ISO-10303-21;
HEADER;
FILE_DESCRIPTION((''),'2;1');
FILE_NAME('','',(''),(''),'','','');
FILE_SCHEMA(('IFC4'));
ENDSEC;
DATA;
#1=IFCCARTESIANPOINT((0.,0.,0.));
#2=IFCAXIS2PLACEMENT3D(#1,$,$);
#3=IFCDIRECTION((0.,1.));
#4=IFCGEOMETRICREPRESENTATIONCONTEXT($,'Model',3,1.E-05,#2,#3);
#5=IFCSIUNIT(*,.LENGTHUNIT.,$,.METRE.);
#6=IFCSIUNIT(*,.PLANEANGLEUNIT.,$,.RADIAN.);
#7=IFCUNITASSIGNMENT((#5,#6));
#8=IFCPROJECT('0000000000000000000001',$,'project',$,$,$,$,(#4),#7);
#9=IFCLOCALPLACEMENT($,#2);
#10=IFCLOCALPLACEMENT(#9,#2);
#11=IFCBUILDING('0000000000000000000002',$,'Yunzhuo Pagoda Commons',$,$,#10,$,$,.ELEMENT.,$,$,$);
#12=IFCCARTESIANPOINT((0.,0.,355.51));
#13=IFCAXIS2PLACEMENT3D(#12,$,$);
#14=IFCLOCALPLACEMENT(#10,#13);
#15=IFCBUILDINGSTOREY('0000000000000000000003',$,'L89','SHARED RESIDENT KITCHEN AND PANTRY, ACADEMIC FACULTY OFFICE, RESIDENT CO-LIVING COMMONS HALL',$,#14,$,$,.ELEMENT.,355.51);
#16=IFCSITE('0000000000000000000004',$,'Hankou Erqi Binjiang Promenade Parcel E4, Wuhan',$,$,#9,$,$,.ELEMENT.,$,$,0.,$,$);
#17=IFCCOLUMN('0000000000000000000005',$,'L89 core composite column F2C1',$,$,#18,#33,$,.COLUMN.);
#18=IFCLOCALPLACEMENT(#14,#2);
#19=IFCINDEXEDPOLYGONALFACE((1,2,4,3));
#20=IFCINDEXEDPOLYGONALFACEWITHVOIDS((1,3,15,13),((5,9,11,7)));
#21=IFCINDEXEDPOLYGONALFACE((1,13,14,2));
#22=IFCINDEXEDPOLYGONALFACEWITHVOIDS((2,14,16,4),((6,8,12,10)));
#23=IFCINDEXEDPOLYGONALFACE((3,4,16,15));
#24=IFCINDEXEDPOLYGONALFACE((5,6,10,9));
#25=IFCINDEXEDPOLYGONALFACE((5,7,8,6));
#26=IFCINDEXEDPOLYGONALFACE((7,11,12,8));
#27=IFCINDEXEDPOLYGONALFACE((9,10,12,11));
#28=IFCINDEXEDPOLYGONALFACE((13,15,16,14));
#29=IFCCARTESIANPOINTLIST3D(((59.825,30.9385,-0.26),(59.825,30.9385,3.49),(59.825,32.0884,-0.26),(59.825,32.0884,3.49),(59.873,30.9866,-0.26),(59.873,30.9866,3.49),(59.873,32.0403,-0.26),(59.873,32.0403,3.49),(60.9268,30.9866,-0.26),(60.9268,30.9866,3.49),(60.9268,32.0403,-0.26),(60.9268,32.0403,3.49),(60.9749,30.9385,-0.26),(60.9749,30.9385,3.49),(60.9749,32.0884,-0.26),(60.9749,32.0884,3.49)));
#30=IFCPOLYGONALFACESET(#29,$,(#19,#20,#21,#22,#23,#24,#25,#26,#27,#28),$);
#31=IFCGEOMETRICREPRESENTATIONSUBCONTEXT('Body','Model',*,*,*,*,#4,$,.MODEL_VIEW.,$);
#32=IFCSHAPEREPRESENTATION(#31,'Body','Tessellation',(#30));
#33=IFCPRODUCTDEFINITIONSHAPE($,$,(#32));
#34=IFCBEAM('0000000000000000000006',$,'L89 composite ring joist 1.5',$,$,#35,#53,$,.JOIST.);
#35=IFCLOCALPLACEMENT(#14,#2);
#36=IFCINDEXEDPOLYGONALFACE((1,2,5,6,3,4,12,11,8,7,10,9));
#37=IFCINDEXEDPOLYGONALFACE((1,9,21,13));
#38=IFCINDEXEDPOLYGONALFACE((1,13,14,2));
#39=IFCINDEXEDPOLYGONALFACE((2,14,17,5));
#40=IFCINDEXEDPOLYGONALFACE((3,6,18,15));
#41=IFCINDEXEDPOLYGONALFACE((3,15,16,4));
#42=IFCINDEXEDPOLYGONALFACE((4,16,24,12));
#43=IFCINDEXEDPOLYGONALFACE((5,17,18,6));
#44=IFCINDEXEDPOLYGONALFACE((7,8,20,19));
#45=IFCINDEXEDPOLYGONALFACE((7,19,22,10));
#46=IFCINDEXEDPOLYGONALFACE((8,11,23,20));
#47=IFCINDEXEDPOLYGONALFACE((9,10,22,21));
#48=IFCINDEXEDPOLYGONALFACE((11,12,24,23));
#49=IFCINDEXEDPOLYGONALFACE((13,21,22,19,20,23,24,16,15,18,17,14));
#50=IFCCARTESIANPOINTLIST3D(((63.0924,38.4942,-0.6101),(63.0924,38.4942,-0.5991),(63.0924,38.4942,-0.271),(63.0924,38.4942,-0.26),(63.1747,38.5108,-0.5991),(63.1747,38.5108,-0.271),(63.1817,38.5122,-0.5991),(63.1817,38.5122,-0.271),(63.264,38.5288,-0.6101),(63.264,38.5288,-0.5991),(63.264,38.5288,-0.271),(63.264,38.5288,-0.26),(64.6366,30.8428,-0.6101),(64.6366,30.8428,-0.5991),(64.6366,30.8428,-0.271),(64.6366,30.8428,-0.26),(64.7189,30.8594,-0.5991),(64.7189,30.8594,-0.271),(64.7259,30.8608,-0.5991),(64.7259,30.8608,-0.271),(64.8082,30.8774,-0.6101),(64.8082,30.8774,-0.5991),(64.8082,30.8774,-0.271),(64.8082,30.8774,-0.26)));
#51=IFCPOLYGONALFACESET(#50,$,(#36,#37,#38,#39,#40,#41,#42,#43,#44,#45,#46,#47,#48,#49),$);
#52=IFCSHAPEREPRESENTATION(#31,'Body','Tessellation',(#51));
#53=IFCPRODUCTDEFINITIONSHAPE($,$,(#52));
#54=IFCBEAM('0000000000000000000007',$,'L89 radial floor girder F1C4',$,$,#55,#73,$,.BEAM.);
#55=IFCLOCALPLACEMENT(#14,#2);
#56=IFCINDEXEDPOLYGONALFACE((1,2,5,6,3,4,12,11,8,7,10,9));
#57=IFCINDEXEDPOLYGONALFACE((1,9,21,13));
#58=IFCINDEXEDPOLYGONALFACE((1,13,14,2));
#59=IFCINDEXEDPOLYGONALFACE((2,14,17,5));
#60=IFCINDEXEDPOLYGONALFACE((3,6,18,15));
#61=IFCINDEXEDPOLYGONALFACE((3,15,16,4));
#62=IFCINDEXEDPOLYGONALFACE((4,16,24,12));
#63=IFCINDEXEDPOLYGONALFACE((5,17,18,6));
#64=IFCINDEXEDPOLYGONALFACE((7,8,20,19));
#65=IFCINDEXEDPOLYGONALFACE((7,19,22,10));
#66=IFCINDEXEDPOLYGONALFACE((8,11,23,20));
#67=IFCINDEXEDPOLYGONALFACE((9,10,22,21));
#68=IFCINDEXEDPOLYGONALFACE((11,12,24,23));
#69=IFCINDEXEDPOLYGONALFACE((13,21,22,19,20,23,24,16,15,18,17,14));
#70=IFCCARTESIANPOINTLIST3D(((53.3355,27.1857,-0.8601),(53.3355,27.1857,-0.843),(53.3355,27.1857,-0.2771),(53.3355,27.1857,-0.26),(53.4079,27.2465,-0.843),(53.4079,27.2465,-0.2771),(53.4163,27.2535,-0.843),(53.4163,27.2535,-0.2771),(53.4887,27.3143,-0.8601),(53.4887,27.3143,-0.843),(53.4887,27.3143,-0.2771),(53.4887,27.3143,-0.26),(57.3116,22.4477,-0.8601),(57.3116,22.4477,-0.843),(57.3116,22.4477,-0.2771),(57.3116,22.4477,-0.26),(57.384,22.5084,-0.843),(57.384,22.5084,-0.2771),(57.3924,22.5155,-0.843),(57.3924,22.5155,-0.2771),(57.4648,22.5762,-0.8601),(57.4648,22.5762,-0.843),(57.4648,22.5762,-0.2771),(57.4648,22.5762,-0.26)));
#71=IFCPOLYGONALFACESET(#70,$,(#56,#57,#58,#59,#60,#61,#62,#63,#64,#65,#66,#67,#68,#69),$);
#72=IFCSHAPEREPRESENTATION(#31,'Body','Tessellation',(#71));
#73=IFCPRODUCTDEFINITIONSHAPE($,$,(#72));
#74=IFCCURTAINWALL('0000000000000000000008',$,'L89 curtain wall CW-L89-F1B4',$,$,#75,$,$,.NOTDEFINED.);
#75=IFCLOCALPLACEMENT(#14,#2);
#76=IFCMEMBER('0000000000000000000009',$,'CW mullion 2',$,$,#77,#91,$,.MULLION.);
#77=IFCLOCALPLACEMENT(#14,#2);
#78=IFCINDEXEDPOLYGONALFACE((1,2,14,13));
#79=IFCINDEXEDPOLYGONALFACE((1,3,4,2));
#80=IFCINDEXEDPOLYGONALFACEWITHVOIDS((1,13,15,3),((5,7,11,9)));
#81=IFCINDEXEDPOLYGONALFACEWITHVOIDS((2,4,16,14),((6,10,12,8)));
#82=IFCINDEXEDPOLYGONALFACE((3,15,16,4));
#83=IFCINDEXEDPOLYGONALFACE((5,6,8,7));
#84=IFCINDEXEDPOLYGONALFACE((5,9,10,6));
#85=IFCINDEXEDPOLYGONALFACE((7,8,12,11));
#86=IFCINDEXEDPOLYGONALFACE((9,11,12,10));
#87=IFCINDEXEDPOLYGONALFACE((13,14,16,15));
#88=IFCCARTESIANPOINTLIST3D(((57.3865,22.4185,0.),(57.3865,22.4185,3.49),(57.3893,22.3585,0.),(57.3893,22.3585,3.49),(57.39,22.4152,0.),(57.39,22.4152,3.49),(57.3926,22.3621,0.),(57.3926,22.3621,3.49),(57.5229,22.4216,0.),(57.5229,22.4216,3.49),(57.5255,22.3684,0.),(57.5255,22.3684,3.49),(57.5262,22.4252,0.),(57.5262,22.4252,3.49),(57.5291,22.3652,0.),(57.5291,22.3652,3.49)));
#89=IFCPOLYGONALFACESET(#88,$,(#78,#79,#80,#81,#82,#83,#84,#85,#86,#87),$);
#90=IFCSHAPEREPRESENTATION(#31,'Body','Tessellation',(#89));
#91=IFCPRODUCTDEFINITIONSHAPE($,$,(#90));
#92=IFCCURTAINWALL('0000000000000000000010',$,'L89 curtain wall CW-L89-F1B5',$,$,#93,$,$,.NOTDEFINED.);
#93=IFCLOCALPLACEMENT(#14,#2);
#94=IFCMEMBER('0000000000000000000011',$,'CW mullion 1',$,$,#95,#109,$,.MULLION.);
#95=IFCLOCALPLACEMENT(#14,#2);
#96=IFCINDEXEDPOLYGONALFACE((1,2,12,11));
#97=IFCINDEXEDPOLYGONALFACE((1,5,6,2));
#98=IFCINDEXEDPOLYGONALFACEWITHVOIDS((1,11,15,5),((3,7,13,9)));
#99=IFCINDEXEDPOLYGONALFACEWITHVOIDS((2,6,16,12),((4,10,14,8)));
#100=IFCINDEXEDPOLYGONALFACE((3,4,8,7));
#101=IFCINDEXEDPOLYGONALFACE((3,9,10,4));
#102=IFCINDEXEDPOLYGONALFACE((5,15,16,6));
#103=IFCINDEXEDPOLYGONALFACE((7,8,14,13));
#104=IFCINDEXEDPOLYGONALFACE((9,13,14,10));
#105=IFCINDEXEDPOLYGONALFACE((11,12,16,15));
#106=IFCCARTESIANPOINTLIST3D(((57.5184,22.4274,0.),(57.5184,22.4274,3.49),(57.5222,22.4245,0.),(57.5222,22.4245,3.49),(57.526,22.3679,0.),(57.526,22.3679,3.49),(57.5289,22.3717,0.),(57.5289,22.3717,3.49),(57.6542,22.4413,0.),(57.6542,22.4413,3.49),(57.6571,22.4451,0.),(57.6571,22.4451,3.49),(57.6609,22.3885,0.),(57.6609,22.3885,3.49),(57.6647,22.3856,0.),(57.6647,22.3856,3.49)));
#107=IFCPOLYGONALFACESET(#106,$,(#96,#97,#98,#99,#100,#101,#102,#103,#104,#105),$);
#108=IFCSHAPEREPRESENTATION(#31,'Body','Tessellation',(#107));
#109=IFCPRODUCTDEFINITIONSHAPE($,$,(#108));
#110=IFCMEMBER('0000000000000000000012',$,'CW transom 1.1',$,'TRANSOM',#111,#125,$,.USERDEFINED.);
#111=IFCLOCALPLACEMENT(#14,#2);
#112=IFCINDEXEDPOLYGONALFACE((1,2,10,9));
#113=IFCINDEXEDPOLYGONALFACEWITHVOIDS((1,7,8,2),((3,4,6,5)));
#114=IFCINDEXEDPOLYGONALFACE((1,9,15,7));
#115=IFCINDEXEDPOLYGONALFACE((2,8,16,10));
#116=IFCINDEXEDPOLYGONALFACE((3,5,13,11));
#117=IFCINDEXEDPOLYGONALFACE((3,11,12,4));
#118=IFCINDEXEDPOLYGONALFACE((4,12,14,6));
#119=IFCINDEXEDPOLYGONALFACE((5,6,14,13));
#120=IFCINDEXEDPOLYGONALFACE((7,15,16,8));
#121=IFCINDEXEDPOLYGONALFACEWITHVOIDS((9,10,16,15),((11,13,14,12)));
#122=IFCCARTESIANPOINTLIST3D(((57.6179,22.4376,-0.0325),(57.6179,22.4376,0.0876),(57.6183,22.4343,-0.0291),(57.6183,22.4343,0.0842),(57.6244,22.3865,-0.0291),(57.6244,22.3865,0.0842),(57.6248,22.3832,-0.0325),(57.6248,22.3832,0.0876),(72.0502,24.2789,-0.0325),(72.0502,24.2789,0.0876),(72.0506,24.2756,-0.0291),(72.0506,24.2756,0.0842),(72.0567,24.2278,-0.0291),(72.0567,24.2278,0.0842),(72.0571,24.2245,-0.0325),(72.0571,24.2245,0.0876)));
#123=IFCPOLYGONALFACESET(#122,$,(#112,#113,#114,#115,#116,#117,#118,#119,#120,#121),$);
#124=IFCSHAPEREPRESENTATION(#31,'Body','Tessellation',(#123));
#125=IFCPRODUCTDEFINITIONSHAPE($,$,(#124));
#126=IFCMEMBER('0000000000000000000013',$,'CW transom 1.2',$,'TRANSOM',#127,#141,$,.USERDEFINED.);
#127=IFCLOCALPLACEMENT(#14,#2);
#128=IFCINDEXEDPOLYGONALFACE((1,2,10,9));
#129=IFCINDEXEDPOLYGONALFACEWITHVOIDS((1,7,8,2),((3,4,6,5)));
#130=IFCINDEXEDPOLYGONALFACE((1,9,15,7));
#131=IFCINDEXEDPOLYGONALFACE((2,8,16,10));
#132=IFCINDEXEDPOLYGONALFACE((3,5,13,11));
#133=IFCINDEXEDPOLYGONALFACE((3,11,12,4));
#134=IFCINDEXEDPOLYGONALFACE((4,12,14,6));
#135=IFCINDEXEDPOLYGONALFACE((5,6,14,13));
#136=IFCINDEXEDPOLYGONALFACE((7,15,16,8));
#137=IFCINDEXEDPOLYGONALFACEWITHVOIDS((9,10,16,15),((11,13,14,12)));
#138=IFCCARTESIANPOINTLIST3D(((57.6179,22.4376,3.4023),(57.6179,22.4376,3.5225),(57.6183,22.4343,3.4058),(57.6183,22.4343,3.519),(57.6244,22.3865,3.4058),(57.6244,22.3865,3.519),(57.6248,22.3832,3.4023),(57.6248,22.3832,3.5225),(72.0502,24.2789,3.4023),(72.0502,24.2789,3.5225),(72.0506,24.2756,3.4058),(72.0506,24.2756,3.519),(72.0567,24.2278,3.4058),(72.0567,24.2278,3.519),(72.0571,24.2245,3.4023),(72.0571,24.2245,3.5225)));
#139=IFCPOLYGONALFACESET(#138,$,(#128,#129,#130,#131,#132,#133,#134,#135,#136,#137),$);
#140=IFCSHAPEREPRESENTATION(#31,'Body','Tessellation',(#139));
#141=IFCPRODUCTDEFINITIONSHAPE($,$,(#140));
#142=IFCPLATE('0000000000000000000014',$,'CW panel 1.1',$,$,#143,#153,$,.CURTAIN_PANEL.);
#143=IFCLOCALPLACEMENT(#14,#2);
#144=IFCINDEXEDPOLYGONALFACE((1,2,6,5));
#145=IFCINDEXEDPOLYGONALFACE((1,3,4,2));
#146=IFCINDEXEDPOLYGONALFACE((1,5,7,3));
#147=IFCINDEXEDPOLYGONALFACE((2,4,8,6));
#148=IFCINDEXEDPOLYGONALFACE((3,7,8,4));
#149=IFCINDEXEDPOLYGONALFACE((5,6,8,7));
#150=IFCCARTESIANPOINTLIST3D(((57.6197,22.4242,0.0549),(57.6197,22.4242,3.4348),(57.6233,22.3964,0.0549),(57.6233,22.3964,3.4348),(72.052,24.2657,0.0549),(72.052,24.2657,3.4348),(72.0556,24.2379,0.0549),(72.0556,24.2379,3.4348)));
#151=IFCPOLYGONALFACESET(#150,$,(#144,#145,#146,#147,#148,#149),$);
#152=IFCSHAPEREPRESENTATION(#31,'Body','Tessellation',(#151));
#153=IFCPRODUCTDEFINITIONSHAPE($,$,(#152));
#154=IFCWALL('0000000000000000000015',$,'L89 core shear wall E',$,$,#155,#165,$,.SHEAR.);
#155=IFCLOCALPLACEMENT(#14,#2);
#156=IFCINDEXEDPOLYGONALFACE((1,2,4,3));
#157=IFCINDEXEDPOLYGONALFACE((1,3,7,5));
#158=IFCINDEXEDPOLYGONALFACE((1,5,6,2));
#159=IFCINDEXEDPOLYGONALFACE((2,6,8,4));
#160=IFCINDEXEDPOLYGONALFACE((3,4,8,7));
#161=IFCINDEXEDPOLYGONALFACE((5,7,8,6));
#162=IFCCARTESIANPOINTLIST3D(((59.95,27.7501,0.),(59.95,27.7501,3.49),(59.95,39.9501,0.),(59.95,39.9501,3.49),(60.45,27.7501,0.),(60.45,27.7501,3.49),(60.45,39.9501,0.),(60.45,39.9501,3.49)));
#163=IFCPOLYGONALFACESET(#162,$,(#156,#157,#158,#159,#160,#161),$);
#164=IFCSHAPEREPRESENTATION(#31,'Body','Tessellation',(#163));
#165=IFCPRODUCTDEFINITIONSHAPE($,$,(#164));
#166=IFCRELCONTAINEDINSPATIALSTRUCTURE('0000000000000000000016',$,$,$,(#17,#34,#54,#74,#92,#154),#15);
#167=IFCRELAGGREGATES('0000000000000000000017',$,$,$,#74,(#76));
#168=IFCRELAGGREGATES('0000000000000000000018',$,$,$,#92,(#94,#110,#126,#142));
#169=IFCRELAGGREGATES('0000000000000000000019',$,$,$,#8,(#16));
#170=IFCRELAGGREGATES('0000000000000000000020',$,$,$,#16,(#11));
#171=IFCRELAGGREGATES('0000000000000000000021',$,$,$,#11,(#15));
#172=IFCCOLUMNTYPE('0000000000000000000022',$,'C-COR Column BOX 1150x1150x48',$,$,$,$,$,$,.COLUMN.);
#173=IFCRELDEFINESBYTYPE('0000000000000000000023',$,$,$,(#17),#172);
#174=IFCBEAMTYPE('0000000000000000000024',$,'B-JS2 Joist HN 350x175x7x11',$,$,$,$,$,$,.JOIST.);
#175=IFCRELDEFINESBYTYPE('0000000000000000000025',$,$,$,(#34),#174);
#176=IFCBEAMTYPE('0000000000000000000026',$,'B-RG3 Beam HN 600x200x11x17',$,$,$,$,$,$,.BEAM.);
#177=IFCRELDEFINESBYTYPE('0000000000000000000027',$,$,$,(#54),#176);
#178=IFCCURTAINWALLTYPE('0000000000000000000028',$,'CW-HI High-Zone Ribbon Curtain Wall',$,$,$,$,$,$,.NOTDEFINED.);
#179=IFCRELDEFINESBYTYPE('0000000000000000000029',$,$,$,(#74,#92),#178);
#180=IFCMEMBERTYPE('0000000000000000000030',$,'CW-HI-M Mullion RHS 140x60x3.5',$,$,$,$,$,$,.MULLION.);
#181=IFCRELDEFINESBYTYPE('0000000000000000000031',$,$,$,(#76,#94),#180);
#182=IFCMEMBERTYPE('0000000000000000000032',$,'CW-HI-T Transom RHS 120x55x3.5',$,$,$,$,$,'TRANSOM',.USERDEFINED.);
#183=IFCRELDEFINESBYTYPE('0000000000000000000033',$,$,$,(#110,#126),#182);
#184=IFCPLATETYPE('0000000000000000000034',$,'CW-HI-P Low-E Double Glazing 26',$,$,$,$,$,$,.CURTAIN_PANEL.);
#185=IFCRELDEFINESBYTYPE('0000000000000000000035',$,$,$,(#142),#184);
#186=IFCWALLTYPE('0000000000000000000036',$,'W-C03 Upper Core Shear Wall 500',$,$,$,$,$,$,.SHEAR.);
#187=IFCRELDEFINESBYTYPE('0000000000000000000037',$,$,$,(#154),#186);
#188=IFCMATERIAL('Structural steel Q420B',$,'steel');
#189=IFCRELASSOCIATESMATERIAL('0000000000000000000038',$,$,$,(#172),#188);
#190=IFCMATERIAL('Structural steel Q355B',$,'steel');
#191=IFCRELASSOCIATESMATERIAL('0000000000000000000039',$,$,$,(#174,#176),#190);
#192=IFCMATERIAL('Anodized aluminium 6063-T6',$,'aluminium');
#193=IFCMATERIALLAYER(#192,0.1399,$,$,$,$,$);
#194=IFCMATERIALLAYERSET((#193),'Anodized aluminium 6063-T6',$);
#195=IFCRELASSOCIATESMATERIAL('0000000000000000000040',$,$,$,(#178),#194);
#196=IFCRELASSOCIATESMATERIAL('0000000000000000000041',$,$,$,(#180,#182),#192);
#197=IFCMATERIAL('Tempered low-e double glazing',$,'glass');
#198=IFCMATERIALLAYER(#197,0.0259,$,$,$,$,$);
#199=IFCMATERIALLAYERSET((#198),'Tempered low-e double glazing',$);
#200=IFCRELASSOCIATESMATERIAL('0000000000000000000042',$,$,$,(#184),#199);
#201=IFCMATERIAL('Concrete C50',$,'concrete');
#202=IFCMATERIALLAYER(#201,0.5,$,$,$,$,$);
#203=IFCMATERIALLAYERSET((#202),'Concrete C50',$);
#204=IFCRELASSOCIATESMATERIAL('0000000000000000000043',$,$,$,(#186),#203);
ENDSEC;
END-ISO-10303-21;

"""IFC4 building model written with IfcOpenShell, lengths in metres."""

from ifc_helpers import new_model, si_unit, direction, frame, frame_2d, origin, origin_2d, place, context, subcontext, project, spatial, rectangle, hollow_rectangle, i_section, extrude, source, transform, mapped, material, layer, layer_set, material_profile, profile_set, type_object, element, aggregate, save


model = new_model("IFC4")

# Units and contexts
model_context = context("Model", 3, precision=1e-05, world=origin(), true_north=direction((0.0, 1.0)))
body_context = subcontext(model_context, "Body", "Model", "MODEL_VIEW")
ifc_project = project(units=[si_unit("LENGTHUNIT", "METRE"), si_unit("PLANEANGLEUNIT", "RADIAN")], contexts=[model_context])

# Site, building, storey
site_placement = place(None, origin())
site = spatial("IfcSite", under=ifc_project, at=site_placement, Name="Hankou Erqi Binjiang Promenade Parcel E4, Wuhan", CompositionType="ELEMENT", RefElevation=0.0)
building_placement = place(site_placement, origin())
building = spatial("IfcBuilding", under=site, at=building_placement, Name="Yunzhuo Pagoda Commons", CompositionType="ELEMENT")
storey_placement = place(building_placement, frame((0.0, 0.0, 355.51)))
storey = spatial("IfcBuildingStorey", under=building, at=storey_placement, Name="L89", Description="SHARED RESIDENT KITCHEN AND PANTRY, ACADEMIC FACULTY OFFICE, RESIDENT CO-LIVING COMMONS HALL", CompositionType="ELEMENT", Elevation=355.51)

# Column
ifc_material_1 = material(Name="Structural steel Q420B", Category="steel")
ifc_material_profile_1 = material_profile(ifc_material_1, hollow_rectangle(XDim=1.1499, YDim=1.1499, WallThickness=0.0481, at=origin_2d()), Name="Structural steel Q420B")
ifc_profile_set_1 = profile_set([ifc_material_profile_1], Name="Structural steel Q420B")
column_type = type_object("IfcColumnType", Name="C-COR Column BOX 1150x1150x48", PredefinedType="COLUMN", material=ifc_profile_set_1)
shared_shape_1 = source(origin(), body_context, "Body", "SweptSolid", [
    extrude(hollow_rectangle(XDim=1.1499, YDim=1.1499, WallThickness=0.0481, at=origin_2d()), origin(), (0.0, 0.0, 1.0), 3.75),
])
column_placement = place(storey_placement, frame((60.3999, 31.5134, -0.26), z_axis=(0.0, 0.0, 1.0), x_axis=(1.0, 0.0, 0.0)))
element("IfcColumn", 1, at=column_placement, inside=storey, type_object=column_type, Name="L89 core composite column F2C1", PredefinedType="COLUMN", context=body_context, shape_type="MappedRepresentation", body=[
    mapped(shared_shape_1, transform((0.0, 0.0, 0.0), scale=1.0)),
])

# Beams
ifc_material_2 = material(Name="Structural steel Q355B", Category="steel")
ifc_material_profile_2 = material_profile(ifc_material_2, i_section(OverallWidth=0.175, OverallDepth=0.3501, WebThickness=0.0071, FlangeThickness=0.011, at=origin_2d()), Name="Structural steel Q355B")
ifc_profile_set_2 = profile_set([ifc_material_profile_2], Name="Structural steel Q355B")
beam_type_1 = type_object("IfcBeamType", Name="B-JS2 Joist HN 350x175x7x11", PredefinedType="JOIST", material=ifc_profile_set_2)
shared_shape_2 = source(origin(), body_context, "Body", "SweptSolid", [
    extrude(i_section(OverallWidth=0.175, OverallDepth=0.3501, WebThickness=0.0071, FlangeThickness=0.011, at=origin_2d()), origin(), (0.0, 0.0, 1.0), 7.8057),
])
beam_1_placement = place(storey_placement, frame((64.7224, 30.8601, -0.4351), z_axis=(-0.19783, 0.980236, 0.0), x_axis=(-0.980236, -0.19783, 0.0)))
element("IfcBeam", 2, at=beam_1_placement, inside=storey, type_object=beam_type_1, Name="L89 composite ring joist 1.5", PredefinedType="JOIST", context=body_context, shape_type="MappedRepresentation", body=[
    mapped(shared_shape_2, transform((0.0, 0.0, 0.0), scale=1.0)),
])
ifc_material_profile_3 = material_profile(ifc_material_2, i_section(OverallWidth=0.2, OverallDepth=0.6001, WebThickness=0.011, FlangeThickness=0.0171, at=origin_2d()), Name="Structural steel Q355B")
ifc_profile_set_3 = profile_set([ifc_material_profile_3], Name="Structural steel Q355B")
beam_type_2 = type_object("IfcBeamType", Name="B-RG3 Beam HN 600x200x11x17", PredefinedType="BEAM", material=ifc_profile_set_3)
shared_shape_3 = source(origin(), body_context, "Body", "SweptSolid", [
    extrude(i_section(OverallWidth=0.2, OverallDepth=0.6001, WebThickness=0.011, FlangeThickness=0.0171, at=origin_2d()), origin(), (0.0, 0.0, 1.0), 6.1853),
])
beam_2_placement = place(storey_placement, frame((57.3882, 22.512, -0.5601), z_axis=(-0.642825, 0.766013, 0.0), x_axis=(-0.766013, -0.642825, 0.0)))
element("IfcBeam", 3, at=beam_2_placement, inside=storey, type_object=beam_type_2, Name="L89 radial floor girder F1C4", PredefinedType="BEAM", context=body_context, shape_type="MappedRepresentation", body=[
    mapped(shared_shape_3, transform((0.0, 0.0, 0.0), scale=1.0)),
])

# Curtain wall, member
ifc_material_3 = material(Name="Anodized aluminium 6063-T6", Category="aluminium")
ifc_layer_1 = layer(ifc_material_3, 0.1399)
ifc_layer_set_1 = layer_set([ifc_layer_1], Name="Anodized aluminium 6063-T6")
curtain_wall_type = type_object("IfcCurtainWallType", Name="CW-HI High-Zone Ribbon Curtain Wall", PredefinedType="NOTDEFINED", material=ifc_layer_set_1)
curtain_wall_1_placement = place(storey_placement, origin())
curtain_wall_1 = element("IfcCurtainWall", 4, at=curtain_wall_1_placement, inside=storey, type_object=curtain_wall_type, Name="L89 curtain wall CW-L89-F1B4", PredefinedType="NOTDEFINED")
ifc_material_profile_4 = material_profile(ifc_material_3, hollow_rectangle(XDim=0.0601, YDim=0.1399, WallThickness=0.0034, at=origin_2d()), Name="Anodized aluminium 6063-T6")
ifc_profile_set_4 = profile_set([ifc_material_profile_4], Name="Anodized aluminium 6063-T6")
member_type_1 = type_object("IfcMemberType", Name="CW-HI-M Mullion RHS 140x60x3.5", PredefinedType="MULLION", material=ifc_profile_set_4)
shared_shape_4 = source(origin(), body_context, "Body", "SweptSolid", [
    extrude(hollow_rectangle(XDim=0.0601, YDim=0.1399, WallThickness=0.0034, at=origin_2d()), origin(), (0.0, 0.0, 1.0), 3.49),
])
member_1_placement = place(storey_placement, frame((57.4578, 22.3918, 0.0), z_axis=(0.0, 0.0, 1.0), x_axis=(-0.047859, 0.998854, 0.0)))
member_1 = element("IfcMember", 5, at=member_1_placement, type_object=member_type_1, Name="CW mullion 2", PredefinedType="MULLION", context=body_context, shape_type="MappedRepresentation", body=[
    mapped(shared_shape_4, transform((0.0, 0.0, 0.0), scale=1.0)),
])
aggregate(curtain_wall_1, [member_1])

# Curtain wall, members, plate
curtain_wall_2_placement = place(storey_placement, origin())
curtain_wall_2 = element("IfcCurtainWall", 6, at=curtain_wall_2_placement, inside=storey, type_object=curtain_wall_type, Name="L89 curtain wall CW-L89-F1B5", PredefinedType="NOTDEFINED")
member_2_placement = place(storey_placement, frame((57.5916, 22.4065, 0.0), z_axis=(0.0, 0.0, 1.0), x_axis=(-0.126571, 0.991958, 0.0)))
member_2 = element("IfcMember", 7, at=member_2_placement, type_object=member_type_1, Name="CW mullion 1", PredefinedType="MULLION", context=body_context, shape_type="MappedRepresentation", body=[
    mapped(shared_shape_4, transform((0.0, 0.0, 0.0), scale=1.0)),
])
ifc_material_profile_5 = material_profile(ifc_material_3, hollow_rectangle(XDim=0.0549, YDim=0.1201, WallThickness=0.0034, at=origin_2d()), Name="Anodized aluminium 6063-T6")
ifc_profile_set_5 = profile_set([ifc_material_profile_5], Name="Anodized aluminium 6063-T6")
member_type_2 = type_object("IfcMemberType", Name="CW-HI-T Transom RHS 120x55x3.5", ElementType="TRANSOM", PredefinedType="USERDEFINED", material=ifc_profile_set_5)
shared_shape_5 = source(origin(), body_context, "Body", "SweptSolid", [
    extrude(hollow_rectangle(XDim=0.0549, YDim=0.1201, WallThickness=0.0034, at=origin_2d()), origin(), (0.0, 0.0, 1.0), 14.5493),
])
member_3_placement = place(storey_placement, frame((57.6213, 22.4104, 0.0276), z_axis=(0.991959, 0.126556, 0.0), x_axis=(-0.126556, 0.991959, 0.0)))
member_3 = element("IfcMember", 8, at=member_3_placement, type_object=member_type_2, Name="CW transom 1.1", ObjectType="TRANSOM", PredefinedType="USERDEFINED", context=body_context, shape_type="MappedRepresentation", body=[
    mapped(shared_shape_5, transform((0.0, 0.0, 0.0), scale=1.0)),
])
member_4_placement = place(storey_placement, frame((57.6213, 22.4104, 3.4624), z_axis=(0.991959, 0.126556, 0.0), x_axis=(-0.126556, 0.991959, 0.0)))
member_4 = element("IfcMember", 9, at=member_4_placement, type_object=member_type_2, Name="CW transom 1.2", ObjectType="TRANSOM", PredefinedType="USERDEFINED", context=body_context, shape_type="MappedRepresentation", body=[
    mapped(shared_shape_5, transform((0.0, 0.0, 0.0), scale=1.0)),
])
ifc_material_4 = material(Name="Tempered low-e double glazing", Category="glass")
ifc_layer_2 = layer(ifc_material_4, 0.0259)
ifc_layer_set_2 = layer_set([ifc_layer_2], Name="Tempered low-e double glazing")
plate_type = type_object("IfcPlateType", Name="CW-HI-P Low-E Double Glazing 26", PredefinedType="CURTAIN_PANEL", material=ifc_layer_set_2)
shared_shape_6 = source(origin(), body_context, "Body", "SweptSolid", [
    extrude(rectangle(XDim=14.5493, YDim=0.0281, at=origin_2d()), origin(), (0.0, 0.0, 1.0), 3.3799),
])
plate_placement = place(storey_placement, frame((64.8376, 23.3311, 0.0549), z_axis=(0.0, 0.0, 1.0), x_axis=(0.991958, 0.126571, 0.0)))
plate = element("IfcPlate", 10, at=plate_placement, type_object=plate_type, Name="CW panel 1.1", PredefinedType="CURTAIN_PANEL", context=body_context, shape_type="MappedRepresentation", body=[
    mapped(shared_shape_6, transform((0.0, 0.0, 0.0), scale=1.0)),
])
aggregate(curtain_wall_2, [member_2, member_3, member_4, plate])

# Wall
ifc_material_5 = material(Name="Concrete C50", Category="concrete")
ifc_layer_3 = layer(ifc_material_5, 0.5)
ifc_layer_set_3 = layer_set([ifc_layer_3], Name="Concrete C50")
wall_type_1 = type_object("IfcWallType", Name="W-C03 Upper Core Shear Wall 500", PredefinedType="SHEAR", material=ifc_layer_set_3)
wall_1_placement = place(storey_placement, frame((60.2, 27.75, 0.0), z_axis=(0.0, 0.0, 1.0), x_axis=(0.0, 1.0, 0.0)))
element("IfcWall", 11, at=wall_1_placement, inside=storey, type_object=wall_type_1, Name="L89 core shear wall E", PredefinedType="SHEAR", context=body_context, shape_type="SweptSolid", body=[
    extrude(rectangle(XDim=12.2, YDim=0.5, at=frame_2d((6.1001, 0.0))), origin(), (0.0, 0.0, 1.0), 3.49),
])

save(model, "model.ifc")
